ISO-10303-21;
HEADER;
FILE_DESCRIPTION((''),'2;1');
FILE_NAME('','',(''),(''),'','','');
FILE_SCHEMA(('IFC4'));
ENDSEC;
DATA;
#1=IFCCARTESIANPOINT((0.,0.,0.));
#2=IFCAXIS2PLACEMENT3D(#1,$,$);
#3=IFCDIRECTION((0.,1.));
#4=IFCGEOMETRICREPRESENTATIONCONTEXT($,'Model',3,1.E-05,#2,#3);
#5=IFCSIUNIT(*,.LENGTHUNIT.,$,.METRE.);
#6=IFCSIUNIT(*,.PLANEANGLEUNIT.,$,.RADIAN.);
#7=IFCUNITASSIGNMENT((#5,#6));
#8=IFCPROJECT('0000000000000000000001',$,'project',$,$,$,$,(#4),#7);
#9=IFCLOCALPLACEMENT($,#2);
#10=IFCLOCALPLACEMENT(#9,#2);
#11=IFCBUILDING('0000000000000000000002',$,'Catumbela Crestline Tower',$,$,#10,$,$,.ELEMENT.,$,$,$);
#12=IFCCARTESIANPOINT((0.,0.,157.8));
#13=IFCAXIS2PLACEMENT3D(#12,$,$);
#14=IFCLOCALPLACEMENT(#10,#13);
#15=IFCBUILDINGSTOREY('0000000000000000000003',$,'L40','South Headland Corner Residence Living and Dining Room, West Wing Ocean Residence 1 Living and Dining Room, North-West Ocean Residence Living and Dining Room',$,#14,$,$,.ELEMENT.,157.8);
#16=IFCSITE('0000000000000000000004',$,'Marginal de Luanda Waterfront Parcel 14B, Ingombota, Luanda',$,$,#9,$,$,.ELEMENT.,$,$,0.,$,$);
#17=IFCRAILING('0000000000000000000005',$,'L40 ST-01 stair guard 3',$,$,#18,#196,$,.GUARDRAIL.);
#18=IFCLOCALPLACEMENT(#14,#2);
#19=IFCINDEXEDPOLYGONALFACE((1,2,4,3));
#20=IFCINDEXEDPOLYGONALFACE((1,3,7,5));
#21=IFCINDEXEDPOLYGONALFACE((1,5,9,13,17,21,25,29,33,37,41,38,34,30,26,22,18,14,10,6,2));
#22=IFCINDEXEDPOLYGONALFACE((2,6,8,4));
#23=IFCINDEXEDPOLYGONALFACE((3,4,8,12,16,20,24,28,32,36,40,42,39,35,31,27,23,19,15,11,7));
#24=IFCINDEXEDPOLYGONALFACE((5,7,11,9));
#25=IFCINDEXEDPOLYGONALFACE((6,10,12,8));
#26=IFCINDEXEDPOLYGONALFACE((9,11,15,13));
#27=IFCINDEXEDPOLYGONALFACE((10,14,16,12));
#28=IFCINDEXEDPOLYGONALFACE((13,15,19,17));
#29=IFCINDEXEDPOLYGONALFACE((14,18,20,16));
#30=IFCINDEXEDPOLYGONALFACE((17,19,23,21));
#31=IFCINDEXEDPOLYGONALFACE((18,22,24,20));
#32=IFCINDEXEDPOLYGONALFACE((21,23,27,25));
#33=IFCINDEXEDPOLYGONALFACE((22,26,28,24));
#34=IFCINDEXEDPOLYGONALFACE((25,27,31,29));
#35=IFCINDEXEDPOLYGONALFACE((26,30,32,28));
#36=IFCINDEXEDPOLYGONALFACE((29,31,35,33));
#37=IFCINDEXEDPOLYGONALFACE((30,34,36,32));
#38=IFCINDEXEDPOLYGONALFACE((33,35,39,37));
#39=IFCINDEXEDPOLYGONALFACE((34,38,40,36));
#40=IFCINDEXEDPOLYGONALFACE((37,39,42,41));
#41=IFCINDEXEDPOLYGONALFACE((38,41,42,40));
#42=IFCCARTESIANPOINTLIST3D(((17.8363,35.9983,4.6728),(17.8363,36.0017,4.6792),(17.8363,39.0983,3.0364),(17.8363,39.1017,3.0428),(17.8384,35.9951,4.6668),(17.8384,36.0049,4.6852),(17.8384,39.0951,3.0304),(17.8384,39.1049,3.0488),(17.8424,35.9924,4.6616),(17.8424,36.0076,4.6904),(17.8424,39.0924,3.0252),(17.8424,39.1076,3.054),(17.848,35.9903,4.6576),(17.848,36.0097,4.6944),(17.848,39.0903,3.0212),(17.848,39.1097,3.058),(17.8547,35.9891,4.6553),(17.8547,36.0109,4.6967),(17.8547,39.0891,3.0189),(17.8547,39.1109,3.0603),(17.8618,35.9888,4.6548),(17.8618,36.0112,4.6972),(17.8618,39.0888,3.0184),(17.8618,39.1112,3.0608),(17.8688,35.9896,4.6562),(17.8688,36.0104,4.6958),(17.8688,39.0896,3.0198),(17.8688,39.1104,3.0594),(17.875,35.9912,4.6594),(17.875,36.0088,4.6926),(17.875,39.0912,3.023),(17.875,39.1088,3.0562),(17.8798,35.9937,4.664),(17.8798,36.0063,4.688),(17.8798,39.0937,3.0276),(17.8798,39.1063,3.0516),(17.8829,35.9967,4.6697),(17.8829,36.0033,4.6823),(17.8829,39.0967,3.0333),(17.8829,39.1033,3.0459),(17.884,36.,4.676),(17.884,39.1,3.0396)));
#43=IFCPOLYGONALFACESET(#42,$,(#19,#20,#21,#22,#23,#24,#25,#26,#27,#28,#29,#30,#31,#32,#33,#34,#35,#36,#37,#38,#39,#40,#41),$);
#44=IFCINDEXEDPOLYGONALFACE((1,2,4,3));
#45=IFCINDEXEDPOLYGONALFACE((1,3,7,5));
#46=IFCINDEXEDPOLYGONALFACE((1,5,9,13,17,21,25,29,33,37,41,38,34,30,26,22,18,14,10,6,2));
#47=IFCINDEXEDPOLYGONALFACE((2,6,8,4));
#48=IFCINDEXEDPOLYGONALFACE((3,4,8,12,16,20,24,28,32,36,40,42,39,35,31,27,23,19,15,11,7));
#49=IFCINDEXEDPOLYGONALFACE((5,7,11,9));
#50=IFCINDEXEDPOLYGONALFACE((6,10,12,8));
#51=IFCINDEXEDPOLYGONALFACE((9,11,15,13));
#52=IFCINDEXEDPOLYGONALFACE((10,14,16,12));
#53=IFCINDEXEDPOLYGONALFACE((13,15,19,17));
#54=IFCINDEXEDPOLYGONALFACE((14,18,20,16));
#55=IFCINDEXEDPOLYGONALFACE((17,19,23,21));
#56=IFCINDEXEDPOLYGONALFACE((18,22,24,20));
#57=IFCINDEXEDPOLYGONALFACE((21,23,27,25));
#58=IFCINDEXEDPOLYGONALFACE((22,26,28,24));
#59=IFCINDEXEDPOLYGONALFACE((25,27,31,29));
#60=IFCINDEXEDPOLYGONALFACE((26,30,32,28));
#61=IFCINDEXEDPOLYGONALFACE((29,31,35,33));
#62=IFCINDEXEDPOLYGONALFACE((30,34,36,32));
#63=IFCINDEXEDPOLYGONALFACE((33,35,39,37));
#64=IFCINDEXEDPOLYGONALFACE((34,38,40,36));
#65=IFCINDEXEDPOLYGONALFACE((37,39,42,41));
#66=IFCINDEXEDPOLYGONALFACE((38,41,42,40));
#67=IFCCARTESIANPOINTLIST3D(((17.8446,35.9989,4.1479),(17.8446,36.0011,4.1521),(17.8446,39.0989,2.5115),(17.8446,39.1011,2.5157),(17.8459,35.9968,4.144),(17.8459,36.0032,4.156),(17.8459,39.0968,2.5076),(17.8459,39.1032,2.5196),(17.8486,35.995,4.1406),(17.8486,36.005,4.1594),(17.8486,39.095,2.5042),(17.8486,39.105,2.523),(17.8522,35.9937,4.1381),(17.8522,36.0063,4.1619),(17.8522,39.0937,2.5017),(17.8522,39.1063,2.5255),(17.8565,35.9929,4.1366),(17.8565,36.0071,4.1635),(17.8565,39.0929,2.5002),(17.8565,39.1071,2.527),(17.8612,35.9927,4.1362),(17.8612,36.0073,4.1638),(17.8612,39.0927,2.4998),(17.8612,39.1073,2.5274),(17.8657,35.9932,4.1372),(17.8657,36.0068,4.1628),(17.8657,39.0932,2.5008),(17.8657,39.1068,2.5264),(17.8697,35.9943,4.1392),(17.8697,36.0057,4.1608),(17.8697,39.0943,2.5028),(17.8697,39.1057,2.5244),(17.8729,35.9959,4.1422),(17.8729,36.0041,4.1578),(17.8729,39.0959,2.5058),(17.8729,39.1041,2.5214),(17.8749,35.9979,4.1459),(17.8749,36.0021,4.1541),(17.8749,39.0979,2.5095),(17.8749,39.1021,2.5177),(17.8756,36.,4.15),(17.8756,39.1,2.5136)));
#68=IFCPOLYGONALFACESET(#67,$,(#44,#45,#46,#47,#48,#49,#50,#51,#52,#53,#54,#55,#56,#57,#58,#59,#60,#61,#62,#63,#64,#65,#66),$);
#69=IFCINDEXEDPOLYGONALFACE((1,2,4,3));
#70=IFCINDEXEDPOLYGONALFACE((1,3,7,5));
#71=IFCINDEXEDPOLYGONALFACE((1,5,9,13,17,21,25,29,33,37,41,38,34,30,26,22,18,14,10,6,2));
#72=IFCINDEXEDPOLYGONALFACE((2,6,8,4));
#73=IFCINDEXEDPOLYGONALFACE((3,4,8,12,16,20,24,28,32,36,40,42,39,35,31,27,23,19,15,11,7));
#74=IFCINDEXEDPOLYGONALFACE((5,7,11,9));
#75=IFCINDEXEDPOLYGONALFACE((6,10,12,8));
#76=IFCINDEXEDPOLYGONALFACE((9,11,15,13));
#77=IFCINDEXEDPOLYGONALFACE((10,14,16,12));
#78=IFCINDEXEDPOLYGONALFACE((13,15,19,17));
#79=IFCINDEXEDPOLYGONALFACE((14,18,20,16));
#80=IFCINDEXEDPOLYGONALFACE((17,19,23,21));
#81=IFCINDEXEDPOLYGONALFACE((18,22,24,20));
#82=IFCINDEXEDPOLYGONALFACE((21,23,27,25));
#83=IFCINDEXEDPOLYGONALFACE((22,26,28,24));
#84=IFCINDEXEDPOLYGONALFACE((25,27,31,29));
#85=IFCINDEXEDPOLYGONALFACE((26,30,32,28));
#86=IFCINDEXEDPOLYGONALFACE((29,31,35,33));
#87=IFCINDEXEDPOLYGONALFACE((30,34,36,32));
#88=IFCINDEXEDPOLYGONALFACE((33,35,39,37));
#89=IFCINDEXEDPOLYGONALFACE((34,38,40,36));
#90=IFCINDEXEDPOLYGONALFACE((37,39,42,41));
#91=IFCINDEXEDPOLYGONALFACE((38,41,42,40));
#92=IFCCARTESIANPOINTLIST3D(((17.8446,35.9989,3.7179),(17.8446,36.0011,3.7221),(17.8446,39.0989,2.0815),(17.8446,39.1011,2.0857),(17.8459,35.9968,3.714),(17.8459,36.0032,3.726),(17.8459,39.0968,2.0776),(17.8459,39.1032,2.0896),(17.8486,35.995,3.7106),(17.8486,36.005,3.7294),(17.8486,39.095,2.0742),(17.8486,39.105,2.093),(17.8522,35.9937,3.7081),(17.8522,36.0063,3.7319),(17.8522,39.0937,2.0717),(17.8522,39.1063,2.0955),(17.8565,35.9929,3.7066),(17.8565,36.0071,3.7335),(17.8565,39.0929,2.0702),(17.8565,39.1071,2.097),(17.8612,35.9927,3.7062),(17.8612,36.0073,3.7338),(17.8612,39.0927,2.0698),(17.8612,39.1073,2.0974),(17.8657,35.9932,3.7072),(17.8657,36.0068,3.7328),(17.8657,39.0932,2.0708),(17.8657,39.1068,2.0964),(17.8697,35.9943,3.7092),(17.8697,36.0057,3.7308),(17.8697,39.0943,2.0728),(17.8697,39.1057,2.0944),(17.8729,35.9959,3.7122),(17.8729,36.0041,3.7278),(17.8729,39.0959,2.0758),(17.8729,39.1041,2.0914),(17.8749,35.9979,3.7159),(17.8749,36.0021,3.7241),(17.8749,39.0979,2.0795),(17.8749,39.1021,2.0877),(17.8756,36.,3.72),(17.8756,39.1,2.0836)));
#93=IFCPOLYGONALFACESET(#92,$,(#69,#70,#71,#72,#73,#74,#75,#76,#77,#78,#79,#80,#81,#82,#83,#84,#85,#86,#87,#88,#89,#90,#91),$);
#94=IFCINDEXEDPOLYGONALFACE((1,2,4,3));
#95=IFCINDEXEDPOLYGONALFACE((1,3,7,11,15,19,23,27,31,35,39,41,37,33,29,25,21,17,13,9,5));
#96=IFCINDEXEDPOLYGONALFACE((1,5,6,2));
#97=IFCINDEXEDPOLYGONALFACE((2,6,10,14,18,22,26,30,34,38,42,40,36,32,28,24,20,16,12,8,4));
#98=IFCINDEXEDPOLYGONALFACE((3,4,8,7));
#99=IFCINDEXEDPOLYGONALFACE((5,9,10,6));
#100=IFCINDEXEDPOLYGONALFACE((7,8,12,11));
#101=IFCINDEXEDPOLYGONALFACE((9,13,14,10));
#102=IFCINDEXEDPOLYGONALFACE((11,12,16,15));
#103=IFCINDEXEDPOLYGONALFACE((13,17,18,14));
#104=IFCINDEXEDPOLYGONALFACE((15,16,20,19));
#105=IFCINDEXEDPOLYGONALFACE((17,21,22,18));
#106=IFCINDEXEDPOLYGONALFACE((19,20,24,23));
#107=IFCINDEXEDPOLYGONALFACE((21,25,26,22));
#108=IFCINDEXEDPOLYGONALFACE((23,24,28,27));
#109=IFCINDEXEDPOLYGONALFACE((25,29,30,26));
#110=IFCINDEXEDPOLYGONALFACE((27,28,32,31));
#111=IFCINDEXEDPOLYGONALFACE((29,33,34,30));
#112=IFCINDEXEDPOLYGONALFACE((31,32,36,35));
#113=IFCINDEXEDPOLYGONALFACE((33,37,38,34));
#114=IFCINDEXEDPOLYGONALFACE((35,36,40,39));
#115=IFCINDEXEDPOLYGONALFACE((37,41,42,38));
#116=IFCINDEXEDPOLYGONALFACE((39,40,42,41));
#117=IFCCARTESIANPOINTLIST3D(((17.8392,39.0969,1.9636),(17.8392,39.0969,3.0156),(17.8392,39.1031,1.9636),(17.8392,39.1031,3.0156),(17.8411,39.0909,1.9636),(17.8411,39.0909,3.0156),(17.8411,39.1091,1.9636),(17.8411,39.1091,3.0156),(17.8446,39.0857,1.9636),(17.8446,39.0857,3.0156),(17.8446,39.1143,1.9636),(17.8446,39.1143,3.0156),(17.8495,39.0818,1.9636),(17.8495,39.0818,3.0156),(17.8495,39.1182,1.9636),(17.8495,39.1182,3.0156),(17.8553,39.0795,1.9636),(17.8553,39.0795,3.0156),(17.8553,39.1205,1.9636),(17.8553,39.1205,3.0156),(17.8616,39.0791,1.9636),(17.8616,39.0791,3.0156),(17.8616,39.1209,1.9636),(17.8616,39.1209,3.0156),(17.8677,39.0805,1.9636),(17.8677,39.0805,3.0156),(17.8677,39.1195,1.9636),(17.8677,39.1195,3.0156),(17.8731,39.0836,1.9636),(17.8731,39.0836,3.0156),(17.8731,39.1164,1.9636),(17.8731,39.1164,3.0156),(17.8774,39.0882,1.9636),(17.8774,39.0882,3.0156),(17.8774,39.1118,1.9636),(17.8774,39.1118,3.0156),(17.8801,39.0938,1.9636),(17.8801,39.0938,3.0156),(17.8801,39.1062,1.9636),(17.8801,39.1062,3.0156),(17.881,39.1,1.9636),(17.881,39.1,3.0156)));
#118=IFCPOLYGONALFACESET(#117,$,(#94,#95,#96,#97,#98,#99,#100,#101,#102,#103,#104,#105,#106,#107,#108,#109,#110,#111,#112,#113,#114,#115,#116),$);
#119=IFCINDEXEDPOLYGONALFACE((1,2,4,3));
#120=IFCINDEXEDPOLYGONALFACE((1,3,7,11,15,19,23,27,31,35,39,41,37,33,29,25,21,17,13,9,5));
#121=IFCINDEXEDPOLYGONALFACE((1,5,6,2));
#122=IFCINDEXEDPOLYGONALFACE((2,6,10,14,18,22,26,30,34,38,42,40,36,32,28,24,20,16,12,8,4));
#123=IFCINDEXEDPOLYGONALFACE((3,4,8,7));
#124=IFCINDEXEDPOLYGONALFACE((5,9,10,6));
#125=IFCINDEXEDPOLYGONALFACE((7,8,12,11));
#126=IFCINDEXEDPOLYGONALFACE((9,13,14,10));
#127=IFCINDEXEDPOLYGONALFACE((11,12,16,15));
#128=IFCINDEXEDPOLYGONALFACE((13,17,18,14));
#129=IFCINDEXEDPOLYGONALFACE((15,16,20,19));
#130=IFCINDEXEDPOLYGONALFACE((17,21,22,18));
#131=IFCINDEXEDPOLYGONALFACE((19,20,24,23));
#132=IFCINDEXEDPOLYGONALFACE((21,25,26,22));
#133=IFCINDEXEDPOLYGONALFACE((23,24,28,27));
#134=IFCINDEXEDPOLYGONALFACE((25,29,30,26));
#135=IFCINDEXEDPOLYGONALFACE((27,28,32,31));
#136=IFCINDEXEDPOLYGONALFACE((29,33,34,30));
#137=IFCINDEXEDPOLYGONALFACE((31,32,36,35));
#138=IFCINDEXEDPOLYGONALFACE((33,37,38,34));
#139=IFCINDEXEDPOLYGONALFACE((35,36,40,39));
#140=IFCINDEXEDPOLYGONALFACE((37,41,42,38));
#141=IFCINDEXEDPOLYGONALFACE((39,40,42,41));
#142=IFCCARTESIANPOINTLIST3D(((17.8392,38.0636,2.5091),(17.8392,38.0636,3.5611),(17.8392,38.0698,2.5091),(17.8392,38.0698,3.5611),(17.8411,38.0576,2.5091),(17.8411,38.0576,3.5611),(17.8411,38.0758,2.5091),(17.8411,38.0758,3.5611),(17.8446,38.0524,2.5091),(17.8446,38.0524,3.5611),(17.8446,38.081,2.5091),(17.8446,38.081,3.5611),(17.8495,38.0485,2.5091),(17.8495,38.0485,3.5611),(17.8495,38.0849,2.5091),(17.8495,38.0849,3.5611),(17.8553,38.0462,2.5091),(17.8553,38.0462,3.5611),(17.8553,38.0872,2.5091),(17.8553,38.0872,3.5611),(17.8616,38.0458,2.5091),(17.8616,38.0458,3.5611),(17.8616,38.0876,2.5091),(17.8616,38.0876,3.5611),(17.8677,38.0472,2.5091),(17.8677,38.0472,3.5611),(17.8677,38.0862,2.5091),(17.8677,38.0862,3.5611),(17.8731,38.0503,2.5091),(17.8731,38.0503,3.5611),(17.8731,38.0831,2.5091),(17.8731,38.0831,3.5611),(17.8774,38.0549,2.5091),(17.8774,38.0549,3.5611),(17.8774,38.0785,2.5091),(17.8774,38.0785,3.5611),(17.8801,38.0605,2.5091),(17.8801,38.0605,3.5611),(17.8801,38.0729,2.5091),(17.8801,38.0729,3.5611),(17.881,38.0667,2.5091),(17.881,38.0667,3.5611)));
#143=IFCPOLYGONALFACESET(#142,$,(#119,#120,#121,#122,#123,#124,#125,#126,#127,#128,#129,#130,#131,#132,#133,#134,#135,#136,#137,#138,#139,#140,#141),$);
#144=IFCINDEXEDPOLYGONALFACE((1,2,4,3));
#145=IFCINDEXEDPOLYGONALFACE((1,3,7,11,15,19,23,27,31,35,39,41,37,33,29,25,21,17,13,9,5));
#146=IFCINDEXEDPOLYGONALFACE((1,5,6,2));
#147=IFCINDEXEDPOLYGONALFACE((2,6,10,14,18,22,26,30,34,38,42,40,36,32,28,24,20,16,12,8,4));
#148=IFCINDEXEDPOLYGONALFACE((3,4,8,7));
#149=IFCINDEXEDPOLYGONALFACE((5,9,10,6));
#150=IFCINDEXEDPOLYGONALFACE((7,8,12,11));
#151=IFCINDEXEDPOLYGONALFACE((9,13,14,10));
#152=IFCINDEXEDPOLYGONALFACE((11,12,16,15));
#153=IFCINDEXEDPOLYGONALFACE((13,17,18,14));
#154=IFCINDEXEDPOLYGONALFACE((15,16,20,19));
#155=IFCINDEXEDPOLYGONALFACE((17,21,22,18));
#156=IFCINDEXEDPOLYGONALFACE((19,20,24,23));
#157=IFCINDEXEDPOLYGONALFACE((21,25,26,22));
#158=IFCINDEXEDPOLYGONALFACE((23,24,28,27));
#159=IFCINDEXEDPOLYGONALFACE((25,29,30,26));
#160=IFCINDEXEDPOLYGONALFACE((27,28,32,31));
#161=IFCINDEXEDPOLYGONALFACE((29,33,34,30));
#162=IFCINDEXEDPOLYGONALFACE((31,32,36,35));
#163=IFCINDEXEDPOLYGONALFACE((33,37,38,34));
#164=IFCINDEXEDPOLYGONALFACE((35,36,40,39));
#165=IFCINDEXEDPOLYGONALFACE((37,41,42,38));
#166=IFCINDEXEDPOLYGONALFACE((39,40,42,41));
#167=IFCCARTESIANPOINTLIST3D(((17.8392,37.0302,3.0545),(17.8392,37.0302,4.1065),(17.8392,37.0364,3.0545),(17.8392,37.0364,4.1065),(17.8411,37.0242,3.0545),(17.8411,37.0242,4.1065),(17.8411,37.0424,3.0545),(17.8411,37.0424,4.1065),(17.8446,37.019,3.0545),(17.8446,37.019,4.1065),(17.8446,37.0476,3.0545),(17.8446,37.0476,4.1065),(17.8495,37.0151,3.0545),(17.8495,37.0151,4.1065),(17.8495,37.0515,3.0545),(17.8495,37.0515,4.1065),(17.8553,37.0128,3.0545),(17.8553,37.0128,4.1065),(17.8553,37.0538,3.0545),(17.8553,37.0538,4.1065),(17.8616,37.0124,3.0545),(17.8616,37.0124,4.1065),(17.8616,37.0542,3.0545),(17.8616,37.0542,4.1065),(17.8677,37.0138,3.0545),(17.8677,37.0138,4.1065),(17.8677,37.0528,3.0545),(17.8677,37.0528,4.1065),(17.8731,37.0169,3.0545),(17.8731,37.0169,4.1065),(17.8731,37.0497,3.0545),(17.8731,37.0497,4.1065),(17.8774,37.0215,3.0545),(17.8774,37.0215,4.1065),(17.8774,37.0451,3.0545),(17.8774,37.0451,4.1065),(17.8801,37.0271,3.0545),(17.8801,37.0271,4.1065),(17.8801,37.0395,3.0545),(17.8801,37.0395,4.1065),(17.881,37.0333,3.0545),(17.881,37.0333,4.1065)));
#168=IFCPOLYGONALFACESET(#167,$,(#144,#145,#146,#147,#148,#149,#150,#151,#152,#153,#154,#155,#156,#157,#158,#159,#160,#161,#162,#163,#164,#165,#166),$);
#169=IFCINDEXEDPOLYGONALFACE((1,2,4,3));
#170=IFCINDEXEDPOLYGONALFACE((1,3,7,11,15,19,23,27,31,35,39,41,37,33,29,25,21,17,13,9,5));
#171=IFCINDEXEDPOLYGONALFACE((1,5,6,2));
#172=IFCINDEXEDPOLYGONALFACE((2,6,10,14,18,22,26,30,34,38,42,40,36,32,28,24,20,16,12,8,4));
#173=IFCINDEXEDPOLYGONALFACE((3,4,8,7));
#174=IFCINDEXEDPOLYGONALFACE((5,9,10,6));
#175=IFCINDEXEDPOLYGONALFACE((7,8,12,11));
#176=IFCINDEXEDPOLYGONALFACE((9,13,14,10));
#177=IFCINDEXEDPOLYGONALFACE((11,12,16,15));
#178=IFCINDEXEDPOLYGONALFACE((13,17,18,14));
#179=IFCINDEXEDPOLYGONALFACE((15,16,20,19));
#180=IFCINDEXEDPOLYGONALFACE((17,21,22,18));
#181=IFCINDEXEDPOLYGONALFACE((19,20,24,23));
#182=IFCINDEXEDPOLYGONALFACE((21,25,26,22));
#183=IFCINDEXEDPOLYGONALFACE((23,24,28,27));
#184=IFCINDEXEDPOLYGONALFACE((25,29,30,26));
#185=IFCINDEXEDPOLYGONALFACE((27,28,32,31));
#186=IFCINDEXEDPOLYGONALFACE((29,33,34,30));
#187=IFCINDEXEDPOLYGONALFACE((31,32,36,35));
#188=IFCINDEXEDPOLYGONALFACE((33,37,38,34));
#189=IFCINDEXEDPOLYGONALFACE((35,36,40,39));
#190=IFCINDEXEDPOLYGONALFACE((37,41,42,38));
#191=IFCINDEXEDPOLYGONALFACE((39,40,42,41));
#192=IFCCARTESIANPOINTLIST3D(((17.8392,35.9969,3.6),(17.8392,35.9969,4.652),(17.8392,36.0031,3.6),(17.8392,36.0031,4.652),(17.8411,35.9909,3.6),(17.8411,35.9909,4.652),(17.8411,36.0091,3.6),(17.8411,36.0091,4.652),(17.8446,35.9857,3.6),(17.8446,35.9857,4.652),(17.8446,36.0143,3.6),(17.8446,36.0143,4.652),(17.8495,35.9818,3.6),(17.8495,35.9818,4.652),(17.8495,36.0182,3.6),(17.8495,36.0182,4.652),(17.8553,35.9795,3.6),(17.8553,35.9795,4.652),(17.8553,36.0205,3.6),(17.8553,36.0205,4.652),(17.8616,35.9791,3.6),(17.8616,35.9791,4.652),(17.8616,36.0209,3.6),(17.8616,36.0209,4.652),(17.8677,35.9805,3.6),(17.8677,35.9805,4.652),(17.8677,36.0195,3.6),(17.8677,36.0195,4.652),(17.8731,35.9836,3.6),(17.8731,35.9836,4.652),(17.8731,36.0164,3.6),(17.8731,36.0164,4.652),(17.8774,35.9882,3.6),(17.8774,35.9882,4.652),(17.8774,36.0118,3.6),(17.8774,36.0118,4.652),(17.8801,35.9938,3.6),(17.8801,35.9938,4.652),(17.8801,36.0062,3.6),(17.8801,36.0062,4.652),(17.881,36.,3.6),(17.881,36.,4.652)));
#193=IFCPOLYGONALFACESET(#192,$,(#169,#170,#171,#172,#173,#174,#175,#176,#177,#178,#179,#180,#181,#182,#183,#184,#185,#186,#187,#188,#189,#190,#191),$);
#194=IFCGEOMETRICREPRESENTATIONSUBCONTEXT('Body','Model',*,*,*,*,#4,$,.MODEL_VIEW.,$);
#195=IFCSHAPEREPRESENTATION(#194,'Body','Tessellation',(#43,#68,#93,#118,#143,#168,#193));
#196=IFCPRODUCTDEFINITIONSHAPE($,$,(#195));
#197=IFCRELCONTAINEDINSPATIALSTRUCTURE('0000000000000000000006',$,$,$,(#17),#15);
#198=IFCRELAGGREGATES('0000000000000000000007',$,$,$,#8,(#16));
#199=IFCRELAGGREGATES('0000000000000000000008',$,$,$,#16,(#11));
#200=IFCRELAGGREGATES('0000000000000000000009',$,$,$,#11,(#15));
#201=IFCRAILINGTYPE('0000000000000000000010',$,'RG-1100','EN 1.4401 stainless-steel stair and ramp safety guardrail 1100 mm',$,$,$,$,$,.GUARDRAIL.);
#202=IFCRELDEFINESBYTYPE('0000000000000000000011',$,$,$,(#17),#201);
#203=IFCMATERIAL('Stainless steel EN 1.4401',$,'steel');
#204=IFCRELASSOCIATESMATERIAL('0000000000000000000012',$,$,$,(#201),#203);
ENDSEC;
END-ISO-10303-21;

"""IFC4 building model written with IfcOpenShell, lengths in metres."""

from ifc_helpers import new_model, si_unit, direction, frame, origin, origin_2d, place, context, subcontext, project, spatial, circle, extrude, material, type_object, element, save


model = new_model("IFC4")

# Units and contexts
model_context = context("Model", 3, precision=1e-05, world=origin(), true_north=direction((0.0, 1.0)))
body_context = subcontext(model_context, "Body", "Model", "MODEL_VIEW")
ifc_project = project(units=[si_unit("LENGTHUNIT", "METRE"), si_unit("PLANEANGLEUNIT", "RADIAN")], contexts=[model_context])

# Site, building, storey
site_placement = place(None, origin())
site = spatial("IfcSite", under=ifc_project, at=site_placement, Name="Marginal de Luanda Waterfront Parcel 14B, Ingombota, Luanda", CompositionType="ELEMENT", RefElevation=0.0)
building_placement = place(site_placement, origin())
building = spatial("IfcBuilding", under=site, at=building_placement, Name="Catumbela Crestline Tower", CompositionType="ELEMENT")
storey_placement = place(building_placement, frame((0.0, 0.0, 157.8)))
storey = spatial("IfcBuildingStorey", under=building, at=storey_placement, Name="L40", Description="South Headland Corner Residence Living and Dining Room, West Wing Ocean Residence 1 Living and Dining Room, North-West Ocean Residence Living and Dining Room", CompositionType="ELEMENT", Elevation=157.8)

# Shared definitions
ifc_material_1 = material(Name="Stainless steel EN 1.4401", Category="steel")

# Railing
railing_type_1 = type_object("IfcRailingType", Name="RG-1100", Description="EN 1.4401 stainless-steel stair and ramp safety guardrail 1100 mm", PredefinedType="GUARDRAIL", material=ifc_material_1)
railing_1_placement = place(storey_placement, frame((17.86, 39.1, 1.9636)))
element("IfcRailing", 1, at=railing_1_placement, inside=storey, type_object=railing_type_1, Name="L40 ST-01 stair guard 3", PredefinedType="GUARDRAIL", context=body_context, shape_type="SweptSolid", body=[
    extrude(circle(Radius=0.024, at=origin_2d()), frame((0.0, 0.0, 1.076), z_axis=(0.0, -0.884351, 0.466823), x_axis=(1.0, 0.0, 0.0)), (0.0, 0.0, 1.0), 3.5054),
    extrude(circle(Radius=0.0156, at=origin_2d()), frame((0.0, 0.0, 0.55), z_axis=(0.0, -0.884351, 0.466823), x_axis=(1.0, 0.0, 0.0)), (0.0, 0.0, 1.0), 3.5054),
    extrude(circle(Radius=0.0156, at=origin_2d()), frame((0.0, 0.0, 0.12), z_axis=(0.0, -0.884351, 0.466823), x_axis=(1.0, 0.0, 0.0)), (0.0, 0.0, 1.0), 3.5054),
    extrude(circle(Radius=0.021, at=origin_2d()), origin(), (0.0, 0.0, 1.0), 1.052),
    extrude(circle(Radius=0.021, at=origin_2d()), frame((0.0, -1.0333, 0.5455)), (0.0, 0.0, 1.0), 1.052),
    extrude(circle(Radius=0.021, at=origin_2d()), frame((0.0, -2.0667, 1.0909)), (0.0, 0.0, 1.0), 1.052),
    extrude(circle(Radius=0.021, at=origin_2d()), frame((0.0, -3.1, 1.6364)), (0.0, 0.0, 1.0), 1.052),
])

save(model, "model.ifc")
